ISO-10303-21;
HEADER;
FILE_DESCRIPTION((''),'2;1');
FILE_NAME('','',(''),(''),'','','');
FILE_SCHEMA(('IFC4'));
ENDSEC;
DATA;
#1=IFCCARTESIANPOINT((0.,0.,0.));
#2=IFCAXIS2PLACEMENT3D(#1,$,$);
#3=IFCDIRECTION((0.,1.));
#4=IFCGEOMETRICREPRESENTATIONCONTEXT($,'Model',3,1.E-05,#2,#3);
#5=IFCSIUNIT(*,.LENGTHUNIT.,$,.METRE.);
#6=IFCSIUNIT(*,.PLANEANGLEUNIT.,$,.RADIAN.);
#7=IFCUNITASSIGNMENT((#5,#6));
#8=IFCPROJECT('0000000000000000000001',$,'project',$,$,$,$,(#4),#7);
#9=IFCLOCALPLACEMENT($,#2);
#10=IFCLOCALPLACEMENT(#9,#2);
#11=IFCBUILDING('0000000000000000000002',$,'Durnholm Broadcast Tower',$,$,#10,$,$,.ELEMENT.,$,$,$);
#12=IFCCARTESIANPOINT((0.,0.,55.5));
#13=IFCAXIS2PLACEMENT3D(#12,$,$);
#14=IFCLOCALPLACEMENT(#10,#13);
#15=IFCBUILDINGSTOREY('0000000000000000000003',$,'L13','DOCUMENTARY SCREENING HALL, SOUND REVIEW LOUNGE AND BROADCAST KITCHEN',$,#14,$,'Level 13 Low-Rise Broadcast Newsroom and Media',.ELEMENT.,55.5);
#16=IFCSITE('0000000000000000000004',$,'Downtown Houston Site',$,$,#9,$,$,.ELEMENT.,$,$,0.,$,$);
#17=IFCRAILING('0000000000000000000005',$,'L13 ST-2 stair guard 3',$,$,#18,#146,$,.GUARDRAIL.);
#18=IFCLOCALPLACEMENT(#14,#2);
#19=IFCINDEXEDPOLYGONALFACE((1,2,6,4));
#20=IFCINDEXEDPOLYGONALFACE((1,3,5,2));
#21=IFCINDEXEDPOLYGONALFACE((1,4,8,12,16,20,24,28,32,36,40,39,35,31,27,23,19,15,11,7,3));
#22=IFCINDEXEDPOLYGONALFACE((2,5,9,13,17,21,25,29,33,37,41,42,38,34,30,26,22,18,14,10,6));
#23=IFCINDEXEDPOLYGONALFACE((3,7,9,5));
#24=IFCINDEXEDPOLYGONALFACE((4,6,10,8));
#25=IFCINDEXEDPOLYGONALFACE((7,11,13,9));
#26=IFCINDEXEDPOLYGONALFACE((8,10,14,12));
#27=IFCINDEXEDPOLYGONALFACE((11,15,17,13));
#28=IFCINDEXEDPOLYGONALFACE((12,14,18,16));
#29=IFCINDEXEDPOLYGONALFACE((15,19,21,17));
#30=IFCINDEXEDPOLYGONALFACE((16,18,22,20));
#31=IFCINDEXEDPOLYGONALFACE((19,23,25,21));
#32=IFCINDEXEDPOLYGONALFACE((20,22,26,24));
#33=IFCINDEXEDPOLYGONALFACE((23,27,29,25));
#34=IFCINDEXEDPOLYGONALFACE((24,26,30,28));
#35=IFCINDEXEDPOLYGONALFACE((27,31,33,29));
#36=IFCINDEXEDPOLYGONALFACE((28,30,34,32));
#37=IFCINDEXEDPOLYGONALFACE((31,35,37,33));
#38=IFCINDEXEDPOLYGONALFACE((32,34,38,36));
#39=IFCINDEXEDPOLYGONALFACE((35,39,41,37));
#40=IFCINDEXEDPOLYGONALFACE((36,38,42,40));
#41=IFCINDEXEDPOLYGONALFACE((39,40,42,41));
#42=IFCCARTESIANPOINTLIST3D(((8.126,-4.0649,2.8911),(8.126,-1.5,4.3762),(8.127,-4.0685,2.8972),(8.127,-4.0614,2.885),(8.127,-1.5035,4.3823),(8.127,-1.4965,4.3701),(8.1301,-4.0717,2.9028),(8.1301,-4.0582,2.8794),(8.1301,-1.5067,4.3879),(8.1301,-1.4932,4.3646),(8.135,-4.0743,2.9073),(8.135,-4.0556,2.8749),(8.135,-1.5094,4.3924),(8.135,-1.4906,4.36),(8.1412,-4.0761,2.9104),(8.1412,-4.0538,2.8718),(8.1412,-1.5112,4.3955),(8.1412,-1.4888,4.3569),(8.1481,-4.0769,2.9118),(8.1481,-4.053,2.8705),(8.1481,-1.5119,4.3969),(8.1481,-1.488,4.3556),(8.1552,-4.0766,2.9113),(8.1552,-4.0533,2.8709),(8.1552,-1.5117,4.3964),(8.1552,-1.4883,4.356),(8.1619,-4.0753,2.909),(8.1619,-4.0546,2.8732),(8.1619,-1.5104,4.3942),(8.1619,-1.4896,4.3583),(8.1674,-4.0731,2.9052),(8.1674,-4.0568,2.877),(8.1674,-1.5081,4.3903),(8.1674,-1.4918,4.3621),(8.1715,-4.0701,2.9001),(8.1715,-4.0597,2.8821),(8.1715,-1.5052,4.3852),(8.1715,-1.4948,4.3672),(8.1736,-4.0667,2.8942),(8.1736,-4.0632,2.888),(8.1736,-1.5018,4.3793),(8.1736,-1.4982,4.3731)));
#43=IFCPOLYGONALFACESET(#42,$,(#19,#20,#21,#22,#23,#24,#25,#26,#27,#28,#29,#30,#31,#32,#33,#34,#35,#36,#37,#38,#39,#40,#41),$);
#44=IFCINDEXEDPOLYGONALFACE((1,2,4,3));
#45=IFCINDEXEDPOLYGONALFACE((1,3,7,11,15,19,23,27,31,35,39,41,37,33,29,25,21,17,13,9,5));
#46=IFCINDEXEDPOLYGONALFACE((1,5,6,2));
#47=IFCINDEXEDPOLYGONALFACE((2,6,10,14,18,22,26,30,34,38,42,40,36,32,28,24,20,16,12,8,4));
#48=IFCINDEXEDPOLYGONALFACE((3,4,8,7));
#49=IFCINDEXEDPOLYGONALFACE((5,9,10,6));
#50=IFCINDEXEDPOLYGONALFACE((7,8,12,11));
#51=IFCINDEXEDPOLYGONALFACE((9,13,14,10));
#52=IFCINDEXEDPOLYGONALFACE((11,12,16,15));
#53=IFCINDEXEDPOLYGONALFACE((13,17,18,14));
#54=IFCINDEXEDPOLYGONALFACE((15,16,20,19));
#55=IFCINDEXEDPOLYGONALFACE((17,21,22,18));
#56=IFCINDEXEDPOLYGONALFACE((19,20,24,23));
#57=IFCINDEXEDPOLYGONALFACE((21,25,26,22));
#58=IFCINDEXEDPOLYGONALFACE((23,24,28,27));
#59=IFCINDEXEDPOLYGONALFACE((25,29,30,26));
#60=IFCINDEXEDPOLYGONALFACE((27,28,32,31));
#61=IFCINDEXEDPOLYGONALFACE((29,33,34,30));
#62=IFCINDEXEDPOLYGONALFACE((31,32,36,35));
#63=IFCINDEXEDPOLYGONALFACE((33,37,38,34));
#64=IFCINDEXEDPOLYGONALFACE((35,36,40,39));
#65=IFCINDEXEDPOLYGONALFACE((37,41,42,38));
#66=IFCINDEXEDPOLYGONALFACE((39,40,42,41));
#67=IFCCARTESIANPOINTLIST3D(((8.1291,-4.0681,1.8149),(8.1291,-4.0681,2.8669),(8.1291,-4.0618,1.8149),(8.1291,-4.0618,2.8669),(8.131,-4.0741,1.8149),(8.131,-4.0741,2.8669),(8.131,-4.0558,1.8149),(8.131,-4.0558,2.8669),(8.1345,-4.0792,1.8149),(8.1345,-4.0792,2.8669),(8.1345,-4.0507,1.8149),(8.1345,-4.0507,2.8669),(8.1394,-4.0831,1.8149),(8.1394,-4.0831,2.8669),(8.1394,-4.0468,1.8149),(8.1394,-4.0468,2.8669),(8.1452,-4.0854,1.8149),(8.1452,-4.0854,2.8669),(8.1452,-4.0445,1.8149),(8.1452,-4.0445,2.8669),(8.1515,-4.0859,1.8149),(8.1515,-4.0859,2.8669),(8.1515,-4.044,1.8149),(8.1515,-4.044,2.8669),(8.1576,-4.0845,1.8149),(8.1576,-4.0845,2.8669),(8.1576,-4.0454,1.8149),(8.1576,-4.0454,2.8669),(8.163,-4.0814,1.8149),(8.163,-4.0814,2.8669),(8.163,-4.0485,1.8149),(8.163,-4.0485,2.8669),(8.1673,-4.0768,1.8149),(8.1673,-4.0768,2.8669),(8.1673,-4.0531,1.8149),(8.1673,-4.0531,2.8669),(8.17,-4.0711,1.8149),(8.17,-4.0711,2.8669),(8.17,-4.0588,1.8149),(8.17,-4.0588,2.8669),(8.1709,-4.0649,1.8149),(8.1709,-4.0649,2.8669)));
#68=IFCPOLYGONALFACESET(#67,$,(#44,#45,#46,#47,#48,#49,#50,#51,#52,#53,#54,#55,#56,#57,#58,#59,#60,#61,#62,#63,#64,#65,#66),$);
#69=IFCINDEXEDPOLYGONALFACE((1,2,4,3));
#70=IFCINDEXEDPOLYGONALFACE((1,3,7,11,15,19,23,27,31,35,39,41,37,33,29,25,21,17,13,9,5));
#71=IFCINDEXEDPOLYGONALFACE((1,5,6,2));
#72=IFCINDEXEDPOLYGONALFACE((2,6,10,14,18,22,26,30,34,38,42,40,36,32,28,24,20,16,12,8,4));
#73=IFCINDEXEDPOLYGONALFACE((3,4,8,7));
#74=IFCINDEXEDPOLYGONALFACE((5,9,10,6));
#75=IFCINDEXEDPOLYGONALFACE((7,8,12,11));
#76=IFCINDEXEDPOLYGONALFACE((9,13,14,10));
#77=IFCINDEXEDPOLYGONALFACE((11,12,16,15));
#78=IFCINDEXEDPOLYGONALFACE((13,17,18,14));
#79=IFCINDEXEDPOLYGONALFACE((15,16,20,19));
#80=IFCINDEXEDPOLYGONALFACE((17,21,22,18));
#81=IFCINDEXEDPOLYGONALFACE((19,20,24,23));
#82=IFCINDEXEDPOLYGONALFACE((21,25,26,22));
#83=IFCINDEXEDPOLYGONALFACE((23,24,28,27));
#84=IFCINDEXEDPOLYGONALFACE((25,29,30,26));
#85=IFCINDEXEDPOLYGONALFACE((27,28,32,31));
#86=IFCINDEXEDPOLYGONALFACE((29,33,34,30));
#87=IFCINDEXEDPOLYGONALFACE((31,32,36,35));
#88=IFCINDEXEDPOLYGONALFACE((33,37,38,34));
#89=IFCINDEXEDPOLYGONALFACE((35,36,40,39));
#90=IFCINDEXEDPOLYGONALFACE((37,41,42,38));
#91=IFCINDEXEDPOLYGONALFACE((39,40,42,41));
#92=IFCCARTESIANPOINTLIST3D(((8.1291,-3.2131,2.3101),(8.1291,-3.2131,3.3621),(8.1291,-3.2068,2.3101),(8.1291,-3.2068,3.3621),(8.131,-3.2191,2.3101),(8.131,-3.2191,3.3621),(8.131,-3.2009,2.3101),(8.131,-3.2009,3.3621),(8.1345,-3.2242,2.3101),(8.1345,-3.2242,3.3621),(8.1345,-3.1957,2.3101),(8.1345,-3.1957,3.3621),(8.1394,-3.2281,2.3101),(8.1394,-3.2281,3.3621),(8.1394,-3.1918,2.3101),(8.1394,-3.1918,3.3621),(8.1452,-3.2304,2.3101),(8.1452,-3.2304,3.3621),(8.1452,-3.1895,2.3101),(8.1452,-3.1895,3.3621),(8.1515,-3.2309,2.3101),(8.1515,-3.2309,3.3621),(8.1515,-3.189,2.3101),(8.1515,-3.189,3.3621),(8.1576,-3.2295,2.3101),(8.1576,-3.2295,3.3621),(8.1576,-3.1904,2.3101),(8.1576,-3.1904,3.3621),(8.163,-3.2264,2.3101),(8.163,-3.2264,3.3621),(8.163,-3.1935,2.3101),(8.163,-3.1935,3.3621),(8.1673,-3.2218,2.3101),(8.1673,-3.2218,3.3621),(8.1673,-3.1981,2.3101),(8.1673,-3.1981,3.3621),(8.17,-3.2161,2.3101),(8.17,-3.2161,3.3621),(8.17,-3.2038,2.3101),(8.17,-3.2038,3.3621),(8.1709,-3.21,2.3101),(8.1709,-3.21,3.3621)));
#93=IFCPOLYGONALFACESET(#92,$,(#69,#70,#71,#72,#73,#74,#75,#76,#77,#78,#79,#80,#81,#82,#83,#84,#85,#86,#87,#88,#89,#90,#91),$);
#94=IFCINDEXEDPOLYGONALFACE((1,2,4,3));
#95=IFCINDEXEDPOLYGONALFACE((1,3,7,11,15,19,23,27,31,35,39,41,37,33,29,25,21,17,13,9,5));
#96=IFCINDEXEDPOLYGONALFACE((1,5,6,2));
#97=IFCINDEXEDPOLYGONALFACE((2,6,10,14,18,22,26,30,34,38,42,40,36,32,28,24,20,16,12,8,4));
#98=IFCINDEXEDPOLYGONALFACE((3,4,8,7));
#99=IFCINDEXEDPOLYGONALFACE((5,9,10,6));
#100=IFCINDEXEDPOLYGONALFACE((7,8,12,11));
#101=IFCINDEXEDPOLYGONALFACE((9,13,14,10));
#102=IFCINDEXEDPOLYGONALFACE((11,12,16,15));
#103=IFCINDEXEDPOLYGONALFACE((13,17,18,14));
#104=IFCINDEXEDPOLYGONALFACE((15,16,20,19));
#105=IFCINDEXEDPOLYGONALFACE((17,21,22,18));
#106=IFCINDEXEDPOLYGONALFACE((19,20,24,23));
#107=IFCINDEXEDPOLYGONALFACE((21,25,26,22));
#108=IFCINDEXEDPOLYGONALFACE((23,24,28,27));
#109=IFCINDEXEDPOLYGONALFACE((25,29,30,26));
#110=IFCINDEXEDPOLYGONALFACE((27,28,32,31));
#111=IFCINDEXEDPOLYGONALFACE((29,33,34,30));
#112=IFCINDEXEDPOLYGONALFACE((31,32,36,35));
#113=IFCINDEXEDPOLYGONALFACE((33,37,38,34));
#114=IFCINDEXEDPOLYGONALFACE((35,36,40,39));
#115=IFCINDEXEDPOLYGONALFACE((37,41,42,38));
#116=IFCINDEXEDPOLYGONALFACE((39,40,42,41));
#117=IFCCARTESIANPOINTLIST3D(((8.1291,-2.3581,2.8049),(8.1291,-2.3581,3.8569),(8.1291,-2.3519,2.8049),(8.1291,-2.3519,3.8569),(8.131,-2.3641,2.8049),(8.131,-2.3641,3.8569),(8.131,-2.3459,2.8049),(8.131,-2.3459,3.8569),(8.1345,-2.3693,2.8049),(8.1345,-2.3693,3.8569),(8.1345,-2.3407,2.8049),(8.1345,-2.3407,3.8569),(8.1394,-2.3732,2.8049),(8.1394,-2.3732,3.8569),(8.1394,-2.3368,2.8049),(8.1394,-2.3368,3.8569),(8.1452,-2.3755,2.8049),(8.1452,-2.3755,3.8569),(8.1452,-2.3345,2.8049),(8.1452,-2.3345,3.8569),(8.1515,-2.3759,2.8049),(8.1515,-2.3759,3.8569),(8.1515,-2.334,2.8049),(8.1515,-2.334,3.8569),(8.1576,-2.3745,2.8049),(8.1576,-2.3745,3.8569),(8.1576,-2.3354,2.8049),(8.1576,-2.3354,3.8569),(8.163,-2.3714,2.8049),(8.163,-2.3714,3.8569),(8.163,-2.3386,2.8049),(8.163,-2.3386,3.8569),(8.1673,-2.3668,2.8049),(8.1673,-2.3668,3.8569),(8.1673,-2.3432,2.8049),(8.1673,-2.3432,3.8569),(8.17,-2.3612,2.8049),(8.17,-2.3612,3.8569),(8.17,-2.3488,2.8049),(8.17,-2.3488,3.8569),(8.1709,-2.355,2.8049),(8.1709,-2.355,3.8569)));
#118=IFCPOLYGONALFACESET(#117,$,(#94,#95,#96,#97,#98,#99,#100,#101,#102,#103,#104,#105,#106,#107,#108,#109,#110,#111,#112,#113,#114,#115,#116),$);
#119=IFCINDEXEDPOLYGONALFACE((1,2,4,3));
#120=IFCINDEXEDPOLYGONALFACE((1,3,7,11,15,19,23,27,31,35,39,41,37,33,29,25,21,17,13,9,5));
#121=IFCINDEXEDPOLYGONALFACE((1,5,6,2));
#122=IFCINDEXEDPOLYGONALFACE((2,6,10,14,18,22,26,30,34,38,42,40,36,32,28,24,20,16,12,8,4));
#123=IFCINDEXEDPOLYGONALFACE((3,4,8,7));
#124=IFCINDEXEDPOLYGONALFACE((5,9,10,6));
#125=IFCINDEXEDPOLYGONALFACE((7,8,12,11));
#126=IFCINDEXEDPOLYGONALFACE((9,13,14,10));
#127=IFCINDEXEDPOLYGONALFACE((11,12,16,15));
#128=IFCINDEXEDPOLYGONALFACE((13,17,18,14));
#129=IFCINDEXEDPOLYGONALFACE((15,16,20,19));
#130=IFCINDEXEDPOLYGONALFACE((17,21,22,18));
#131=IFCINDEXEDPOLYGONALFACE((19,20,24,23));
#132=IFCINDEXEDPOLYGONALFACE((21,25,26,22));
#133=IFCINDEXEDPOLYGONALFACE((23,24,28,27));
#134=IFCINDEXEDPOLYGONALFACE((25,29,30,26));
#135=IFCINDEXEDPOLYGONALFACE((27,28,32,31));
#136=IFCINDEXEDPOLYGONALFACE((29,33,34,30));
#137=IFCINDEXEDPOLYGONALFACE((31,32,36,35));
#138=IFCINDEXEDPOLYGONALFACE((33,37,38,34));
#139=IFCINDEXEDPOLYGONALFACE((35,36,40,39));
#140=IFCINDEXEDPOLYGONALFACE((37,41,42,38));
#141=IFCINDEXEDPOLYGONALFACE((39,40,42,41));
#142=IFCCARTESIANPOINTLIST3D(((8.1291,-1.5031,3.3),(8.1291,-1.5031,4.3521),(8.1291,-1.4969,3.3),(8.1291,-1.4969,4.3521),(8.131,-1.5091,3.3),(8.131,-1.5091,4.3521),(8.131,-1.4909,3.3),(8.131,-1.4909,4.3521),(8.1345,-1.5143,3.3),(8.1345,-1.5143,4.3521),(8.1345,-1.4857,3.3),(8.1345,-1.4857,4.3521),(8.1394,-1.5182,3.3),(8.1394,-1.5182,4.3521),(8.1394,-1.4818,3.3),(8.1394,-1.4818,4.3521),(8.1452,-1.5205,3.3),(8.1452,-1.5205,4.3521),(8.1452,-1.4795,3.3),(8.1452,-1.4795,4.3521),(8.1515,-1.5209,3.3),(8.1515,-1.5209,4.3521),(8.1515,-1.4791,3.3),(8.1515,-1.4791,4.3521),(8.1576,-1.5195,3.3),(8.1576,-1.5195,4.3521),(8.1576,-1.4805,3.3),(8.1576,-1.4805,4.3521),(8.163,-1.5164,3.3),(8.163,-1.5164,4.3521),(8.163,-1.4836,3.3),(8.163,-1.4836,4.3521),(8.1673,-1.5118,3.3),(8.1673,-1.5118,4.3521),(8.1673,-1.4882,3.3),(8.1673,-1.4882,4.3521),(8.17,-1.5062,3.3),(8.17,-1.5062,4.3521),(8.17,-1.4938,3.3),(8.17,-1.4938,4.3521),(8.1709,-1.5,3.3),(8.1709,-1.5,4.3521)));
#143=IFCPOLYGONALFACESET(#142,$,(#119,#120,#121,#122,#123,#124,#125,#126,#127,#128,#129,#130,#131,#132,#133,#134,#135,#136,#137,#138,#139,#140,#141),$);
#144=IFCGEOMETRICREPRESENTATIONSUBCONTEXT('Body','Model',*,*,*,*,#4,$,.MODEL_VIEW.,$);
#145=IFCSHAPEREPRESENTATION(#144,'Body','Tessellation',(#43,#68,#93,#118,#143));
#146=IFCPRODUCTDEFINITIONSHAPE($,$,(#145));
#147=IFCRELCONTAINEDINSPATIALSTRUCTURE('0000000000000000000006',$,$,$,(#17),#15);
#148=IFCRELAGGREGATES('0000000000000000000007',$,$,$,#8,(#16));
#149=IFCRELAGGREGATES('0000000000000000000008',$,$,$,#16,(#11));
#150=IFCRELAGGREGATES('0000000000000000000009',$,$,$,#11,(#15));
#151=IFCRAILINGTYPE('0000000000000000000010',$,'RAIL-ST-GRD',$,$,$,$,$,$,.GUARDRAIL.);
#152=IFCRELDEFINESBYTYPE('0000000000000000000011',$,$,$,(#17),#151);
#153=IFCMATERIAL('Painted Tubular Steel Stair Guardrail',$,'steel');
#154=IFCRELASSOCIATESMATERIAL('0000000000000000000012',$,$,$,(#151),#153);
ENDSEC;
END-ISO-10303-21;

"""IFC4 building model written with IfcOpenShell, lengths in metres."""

from ifc_helpers import new_model, si_unit, direction, frame, origin, origin_2d, place, context, subcontext, project, spatial, circle, extrude, material, type_object, element, save


model = new_model("IFC4")

# Units and contexts
model_context = context("Model", 3, precision=1e-05, world=origin(), true_north=direction((0.0, 1.0)))
body_context = subcontext(model_context, "Body", "Model", "MODEL_VIEW")
ifc_project = project(units=[si_unit("LENGTHUNIT", "METRE"), si_unit("PLANEANGLEUNIT", "RADIAN")], contexts=[model_context])

# Site, building, storey
site_placement = place(None, origin())
site = spatial("IfcSite", under=ifc_project, at=site_placement, Name="Downtown Houston Site", CompositionType="ELEMENT", RefElevation=0.0)
building_placement = place(site_placement, origin())
building = spatial("IfcBuilding", under=site, at=building_placement, Name="Durnholm Broadcast Tower", CompositionType="ELEMENT")
storey_placement = place(building_placement, frame((0.0, 0.0, 55.5)))
storey = spatial("IfcBuildingStorey", under=building, at=storey_placement, Name="L13", Description="DOCUMENTARY SCREENING HALL, SOUND REVIEW LOUNGE AND BROADCAST KITCHEN", LongName="Level 13 Low-Rise Broadcast Newsroom and Media", CompositionType="ELEMENT", Elevation=55.5)

# Railing
ifc_material_1 = material(Name="Painted Tubular Steel Stair Guardrail", Category="steel")
railing_type_1 = type_object("IfcRailingType", Name="RAIL-ST-GRD", PredefinedType="GUARDRAIL", material=ifc_material_1)
railing_1_placement = place(storey_placement, frame((8.1499, -4.0649, 1.8149)))
element("IfcRailing", 1, at=railing_1_placement, inside=storey, type_object=railing_type_1, Name="L13 ST-2 stair guard 3", PredefinedType="GUARDRAIL", context=body_context, shape_type="SweptSolid", body=[
    extrude(circle(Radius=0.0239, at=origin_2d()), frame((0.0, 0.0, 1.0762), z_axis=(0.0, 0.865406, 0.501072), x_axis=(-1.0, 0.0, 0.0)), (0.0, 0.0, 1.0), 2.9639),
    extrude(circle(Radius=0.021, at=origin_2d()), origin(), (0.0, 0.0, 1.0), 1.052),
    extrude(circle(Radius=0.021, at=origin_2d()), frame((0.0, 0.855, 0.4951)), (0.0, 0.0, 1.0), 1.052),
    extrude(circle(Radius=0.021, at=origin_2d()), frame((0.0, 1.71, 0.99)), (0.0, 0.0, 1.0), 1.052),
    extrude(circle(Radius=0.021, at=origin_2d()), frame((0.0, 2.5649, 1.4851)), (0.0, 0.0, 1.0), 1.052),
])

save(model, "model.ifc")
